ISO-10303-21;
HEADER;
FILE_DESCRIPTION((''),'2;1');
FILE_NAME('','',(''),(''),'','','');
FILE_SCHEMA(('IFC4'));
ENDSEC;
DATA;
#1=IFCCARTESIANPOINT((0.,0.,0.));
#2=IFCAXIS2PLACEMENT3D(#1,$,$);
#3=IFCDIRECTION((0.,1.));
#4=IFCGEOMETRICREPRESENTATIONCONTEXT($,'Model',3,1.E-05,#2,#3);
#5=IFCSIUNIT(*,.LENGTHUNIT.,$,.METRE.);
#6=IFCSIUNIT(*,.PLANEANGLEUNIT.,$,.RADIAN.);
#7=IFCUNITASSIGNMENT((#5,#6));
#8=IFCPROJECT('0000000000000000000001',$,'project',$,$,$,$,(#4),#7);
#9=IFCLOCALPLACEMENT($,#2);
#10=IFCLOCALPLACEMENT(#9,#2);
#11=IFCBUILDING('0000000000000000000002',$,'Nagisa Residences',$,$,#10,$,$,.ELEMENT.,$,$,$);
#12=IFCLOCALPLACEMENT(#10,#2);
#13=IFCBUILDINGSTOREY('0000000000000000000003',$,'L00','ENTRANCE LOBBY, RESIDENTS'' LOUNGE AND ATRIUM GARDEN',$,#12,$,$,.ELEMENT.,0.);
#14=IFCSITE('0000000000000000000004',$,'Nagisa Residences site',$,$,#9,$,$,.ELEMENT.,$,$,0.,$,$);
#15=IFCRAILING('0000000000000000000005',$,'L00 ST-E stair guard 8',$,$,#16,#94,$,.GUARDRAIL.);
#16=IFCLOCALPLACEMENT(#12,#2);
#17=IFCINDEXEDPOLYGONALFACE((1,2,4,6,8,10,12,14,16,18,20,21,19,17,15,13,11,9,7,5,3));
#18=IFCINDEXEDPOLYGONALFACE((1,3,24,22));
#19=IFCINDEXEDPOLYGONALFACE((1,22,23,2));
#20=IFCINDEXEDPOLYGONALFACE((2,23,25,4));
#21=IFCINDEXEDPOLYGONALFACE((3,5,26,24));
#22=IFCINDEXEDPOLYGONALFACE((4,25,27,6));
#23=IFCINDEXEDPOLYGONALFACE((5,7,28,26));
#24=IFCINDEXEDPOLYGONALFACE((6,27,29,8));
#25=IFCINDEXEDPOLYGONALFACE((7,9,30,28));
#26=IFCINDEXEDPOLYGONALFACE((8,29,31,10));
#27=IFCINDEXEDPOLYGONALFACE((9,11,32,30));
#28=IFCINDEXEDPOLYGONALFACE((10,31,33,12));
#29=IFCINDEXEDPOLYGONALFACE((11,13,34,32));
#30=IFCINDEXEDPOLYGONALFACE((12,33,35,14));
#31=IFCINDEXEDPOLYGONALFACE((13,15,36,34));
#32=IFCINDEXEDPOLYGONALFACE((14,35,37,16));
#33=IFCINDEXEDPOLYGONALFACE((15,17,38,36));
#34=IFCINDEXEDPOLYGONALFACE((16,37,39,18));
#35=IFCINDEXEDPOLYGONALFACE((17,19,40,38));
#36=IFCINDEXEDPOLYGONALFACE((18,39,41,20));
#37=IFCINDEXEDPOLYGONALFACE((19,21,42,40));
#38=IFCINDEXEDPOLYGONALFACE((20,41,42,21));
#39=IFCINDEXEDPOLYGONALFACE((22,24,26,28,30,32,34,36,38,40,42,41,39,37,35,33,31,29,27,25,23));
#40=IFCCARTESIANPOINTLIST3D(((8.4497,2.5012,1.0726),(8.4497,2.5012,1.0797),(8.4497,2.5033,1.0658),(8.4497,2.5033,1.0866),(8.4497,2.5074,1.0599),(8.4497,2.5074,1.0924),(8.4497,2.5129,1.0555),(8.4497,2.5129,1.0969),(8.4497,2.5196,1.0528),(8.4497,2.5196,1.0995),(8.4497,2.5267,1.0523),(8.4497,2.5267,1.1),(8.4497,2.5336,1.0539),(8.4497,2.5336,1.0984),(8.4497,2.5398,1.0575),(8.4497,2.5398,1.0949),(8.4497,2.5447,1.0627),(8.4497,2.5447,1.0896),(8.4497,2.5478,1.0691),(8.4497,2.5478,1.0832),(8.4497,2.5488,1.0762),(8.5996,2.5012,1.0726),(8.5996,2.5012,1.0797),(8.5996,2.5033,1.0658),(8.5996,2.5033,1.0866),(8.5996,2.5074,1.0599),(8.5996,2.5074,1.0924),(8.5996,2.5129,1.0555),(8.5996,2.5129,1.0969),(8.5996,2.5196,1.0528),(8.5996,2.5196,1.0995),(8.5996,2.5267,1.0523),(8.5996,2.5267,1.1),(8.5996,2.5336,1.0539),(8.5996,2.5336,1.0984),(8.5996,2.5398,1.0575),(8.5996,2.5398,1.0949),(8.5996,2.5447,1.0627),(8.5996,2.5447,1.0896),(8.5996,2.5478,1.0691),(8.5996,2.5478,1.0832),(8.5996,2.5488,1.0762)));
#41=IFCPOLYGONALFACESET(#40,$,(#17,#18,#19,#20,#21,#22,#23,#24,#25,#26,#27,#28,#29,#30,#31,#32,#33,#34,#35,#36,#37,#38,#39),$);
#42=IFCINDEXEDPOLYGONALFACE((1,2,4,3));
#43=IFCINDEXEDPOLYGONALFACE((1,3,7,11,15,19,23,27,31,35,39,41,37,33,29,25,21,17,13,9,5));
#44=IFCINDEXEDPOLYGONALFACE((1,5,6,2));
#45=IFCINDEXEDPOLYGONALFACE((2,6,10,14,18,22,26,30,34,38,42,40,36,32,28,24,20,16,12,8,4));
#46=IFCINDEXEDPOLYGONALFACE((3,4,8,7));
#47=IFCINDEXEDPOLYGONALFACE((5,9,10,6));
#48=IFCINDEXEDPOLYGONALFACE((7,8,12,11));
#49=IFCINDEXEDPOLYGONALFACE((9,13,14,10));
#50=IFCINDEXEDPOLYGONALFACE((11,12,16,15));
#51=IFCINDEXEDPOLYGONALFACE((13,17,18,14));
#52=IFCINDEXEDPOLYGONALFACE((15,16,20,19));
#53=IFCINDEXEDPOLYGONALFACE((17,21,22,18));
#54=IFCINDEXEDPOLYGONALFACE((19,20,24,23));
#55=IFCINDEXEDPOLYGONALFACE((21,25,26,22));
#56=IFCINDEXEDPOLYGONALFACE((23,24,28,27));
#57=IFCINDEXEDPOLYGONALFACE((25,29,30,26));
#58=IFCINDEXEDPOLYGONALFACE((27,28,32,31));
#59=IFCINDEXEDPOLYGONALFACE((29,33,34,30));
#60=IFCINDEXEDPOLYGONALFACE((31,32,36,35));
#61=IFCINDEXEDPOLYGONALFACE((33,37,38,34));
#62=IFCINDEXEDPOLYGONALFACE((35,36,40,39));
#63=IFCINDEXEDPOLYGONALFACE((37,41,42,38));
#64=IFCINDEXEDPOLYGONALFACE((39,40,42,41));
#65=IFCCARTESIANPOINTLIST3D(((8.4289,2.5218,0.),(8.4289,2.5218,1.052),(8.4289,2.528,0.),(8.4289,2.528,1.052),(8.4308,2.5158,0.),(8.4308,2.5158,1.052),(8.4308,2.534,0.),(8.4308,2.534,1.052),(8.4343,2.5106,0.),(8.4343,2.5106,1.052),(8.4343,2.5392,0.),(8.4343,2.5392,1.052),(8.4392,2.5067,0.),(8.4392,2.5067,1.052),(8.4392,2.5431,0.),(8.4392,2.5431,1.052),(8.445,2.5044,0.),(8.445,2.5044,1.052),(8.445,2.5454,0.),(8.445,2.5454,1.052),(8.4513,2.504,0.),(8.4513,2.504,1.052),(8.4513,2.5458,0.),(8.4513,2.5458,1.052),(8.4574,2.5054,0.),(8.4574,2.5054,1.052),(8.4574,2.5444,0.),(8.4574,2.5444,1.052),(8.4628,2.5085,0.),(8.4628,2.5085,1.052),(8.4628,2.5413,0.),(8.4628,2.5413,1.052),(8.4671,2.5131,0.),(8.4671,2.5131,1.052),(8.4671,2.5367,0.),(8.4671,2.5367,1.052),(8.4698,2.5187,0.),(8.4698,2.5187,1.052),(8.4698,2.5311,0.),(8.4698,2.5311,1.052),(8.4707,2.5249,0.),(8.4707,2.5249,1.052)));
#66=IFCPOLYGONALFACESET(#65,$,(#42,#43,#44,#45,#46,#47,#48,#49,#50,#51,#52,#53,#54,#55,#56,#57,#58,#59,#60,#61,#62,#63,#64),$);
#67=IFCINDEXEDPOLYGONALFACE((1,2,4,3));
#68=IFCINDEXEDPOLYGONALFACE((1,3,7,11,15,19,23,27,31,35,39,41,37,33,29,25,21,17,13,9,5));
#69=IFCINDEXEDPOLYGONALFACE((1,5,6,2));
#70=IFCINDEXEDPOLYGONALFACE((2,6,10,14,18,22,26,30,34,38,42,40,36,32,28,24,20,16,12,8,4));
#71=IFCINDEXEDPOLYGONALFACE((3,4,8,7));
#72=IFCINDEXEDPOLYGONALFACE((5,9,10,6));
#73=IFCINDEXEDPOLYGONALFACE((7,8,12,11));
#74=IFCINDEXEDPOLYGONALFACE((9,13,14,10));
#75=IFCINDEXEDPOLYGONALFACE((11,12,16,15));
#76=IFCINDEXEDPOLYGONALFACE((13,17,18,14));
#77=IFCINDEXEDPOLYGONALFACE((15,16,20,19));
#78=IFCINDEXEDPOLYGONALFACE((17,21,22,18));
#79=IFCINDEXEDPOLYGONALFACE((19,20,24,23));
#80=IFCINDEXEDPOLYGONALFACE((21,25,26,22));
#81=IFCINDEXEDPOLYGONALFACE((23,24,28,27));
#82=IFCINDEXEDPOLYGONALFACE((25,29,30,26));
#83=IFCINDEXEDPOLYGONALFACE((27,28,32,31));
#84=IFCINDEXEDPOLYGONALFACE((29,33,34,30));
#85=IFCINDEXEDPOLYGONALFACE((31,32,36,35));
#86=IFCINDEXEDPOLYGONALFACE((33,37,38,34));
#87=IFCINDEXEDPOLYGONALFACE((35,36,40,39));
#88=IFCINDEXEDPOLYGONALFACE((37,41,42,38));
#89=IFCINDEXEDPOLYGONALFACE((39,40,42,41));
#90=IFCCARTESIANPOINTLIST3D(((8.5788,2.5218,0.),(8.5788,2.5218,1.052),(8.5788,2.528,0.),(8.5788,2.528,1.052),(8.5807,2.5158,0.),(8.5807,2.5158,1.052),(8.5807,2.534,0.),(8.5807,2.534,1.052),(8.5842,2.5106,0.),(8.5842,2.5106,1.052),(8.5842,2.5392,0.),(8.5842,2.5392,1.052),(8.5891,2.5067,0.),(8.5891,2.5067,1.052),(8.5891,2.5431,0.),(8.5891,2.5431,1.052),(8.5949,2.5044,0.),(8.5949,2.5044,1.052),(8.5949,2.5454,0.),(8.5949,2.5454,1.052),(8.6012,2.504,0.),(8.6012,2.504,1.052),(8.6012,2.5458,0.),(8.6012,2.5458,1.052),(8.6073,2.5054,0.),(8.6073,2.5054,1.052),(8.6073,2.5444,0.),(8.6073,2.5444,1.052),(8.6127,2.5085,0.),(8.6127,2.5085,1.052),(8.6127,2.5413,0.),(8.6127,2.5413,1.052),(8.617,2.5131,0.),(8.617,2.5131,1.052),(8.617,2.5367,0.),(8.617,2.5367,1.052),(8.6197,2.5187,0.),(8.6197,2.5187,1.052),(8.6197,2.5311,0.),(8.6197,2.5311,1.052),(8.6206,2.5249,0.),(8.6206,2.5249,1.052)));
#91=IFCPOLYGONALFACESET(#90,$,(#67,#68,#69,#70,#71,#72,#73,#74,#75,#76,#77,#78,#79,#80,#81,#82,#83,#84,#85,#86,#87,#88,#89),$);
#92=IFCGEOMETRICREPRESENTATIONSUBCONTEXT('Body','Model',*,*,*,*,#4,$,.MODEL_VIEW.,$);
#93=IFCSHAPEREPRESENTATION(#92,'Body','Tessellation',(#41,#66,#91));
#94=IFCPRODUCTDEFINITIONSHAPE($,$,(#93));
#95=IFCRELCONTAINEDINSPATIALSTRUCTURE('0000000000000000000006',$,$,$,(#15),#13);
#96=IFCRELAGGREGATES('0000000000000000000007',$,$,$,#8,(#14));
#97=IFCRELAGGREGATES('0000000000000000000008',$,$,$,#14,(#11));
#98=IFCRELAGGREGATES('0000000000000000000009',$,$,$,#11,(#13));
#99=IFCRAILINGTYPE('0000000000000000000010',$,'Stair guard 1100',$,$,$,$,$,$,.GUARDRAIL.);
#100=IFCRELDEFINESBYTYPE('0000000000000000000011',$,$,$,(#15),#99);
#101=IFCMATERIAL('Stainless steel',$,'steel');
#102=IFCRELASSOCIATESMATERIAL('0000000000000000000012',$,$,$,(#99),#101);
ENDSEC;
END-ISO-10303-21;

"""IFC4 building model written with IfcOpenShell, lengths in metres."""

from ifc_helpers import new_model, si_unit, direction, frame, origin, origin_2d, place, context, subcontext, project, spatial, circle, extrude, material, type_object, element, save


model = new_model("IFC4")

# Units and contexts
model_context = context("Model", 3, precision=1e-05, world=origin(), true_north=direction((0.0, 1.0)))
body_context = subcontext(model_context, "Body", "Model", "MODEL_VIEW")
ifc_project = project(units=[si_unit("LENGTHUNIT", "METRE"), si_unit("PLANEANGLEUNIT", "RADIAN")], contexts=[model_context])

# Site, building, storey
site_placement = place(None, origin())
site = spatial("IfcSite", under=ifc_project, at=site_placement, Name="Nagisa Residences site", CompositionType="ELEMENT", RefElevation=0.0)
building_placement = place(site_placement, origin())
building = spatial("IfcBuilding", under=site, at=building_placement, Name="Nagisa Residences", CompositionType="ELEMENT")
storey_placement = place(building_placement, origin())
storey = spatial("IfcBuildingStorey", under=building, at=storey_placement, Name="L00", Description="ENTRANCE LOBBY, RESIDENTS' LOUNGE AND ATRIUM GARDEN", CompositionType="ELEMENT", Elevation=0.0)

# Railing
ifc_material_1 = material(Name="Stainless steel", Category="steel")
railing_type_1 = type_object("IfcRailingType", Name="Stair guard 1100", PredefinedType="GUARDRAIL", material=ifc_material_1)
railing_1_placement = place(storey_placement, frame((8.4497, 2.5249, 0.0)))
element("IfcRailing", 1, at=railing_1_placement, inside=storey, type_object=railing_type_1, Name="L00 ST-E stair guard 8", PredefinedType="GUARDRAIL", context=body_context, shape_type="SweptSolid", body=[
    extrude(circle(Radius=0.0239, at=origin_2d()), frame((0.0, 0.0, 1.0762), z_axis=(1.0, 0.0, 0.0), x_axis=(0.0, 1.0, 0.0)), (0.0, 0.0, 1.0), 0.1499),
    extrude(circle(Radius=0.021, at=origin_2d()), origin(), (0.0, 0.0, 1.0), 1.052),
    extrude(circle(Radius=0.021, at=origin_2d()), frame((0.1499, 0.0, 0.0)), (0.0, 0.0, 1.0), 1.052),
])

save(model, "model.ifc")
